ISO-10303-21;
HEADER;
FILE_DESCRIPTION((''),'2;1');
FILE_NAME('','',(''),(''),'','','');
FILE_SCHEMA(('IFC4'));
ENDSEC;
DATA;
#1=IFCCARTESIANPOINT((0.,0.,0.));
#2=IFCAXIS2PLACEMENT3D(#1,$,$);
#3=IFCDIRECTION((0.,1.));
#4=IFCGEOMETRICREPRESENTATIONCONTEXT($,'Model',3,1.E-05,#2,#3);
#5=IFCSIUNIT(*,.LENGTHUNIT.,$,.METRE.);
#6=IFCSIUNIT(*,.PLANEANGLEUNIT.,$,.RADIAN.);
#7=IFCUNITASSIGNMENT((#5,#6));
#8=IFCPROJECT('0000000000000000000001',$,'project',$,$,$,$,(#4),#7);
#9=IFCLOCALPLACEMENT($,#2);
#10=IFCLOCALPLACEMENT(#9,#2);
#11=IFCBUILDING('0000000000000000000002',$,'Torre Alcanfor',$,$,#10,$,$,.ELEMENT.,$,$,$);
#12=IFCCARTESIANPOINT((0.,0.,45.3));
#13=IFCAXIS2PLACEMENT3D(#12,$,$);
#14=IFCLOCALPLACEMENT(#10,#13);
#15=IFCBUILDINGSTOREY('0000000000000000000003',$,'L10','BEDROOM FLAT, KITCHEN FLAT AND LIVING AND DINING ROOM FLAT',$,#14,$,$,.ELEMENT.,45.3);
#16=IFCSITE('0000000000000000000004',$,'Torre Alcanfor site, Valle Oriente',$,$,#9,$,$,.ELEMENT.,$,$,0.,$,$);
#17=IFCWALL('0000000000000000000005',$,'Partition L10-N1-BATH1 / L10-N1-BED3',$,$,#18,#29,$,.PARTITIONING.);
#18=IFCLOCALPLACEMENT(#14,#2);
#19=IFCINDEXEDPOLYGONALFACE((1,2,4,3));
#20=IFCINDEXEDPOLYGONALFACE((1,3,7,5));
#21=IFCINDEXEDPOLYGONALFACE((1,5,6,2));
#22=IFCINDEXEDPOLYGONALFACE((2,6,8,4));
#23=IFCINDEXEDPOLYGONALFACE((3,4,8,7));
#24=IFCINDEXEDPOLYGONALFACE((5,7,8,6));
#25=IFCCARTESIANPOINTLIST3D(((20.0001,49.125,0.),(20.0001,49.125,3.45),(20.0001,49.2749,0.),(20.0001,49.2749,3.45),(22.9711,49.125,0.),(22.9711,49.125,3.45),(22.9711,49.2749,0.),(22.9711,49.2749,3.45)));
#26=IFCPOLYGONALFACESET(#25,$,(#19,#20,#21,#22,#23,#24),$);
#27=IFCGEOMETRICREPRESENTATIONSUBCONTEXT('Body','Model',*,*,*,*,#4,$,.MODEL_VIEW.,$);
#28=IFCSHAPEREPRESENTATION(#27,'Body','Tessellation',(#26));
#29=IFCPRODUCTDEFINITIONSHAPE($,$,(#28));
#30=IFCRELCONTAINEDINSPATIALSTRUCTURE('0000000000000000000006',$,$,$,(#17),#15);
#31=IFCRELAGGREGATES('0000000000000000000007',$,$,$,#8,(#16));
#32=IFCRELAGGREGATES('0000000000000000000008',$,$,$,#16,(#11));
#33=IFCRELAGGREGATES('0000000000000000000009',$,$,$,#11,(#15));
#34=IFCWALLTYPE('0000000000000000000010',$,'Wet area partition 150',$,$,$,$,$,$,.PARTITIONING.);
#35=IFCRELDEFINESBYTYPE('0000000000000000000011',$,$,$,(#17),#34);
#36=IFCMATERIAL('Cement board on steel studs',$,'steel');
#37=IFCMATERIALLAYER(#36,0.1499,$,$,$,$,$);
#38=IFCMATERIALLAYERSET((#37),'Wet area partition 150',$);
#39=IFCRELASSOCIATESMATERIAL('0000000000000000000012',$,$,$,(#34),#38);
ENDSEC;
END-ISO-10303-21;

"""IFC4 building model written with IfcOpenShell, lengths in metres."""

from ifc_helpers import new_model, si_unit, direction, frame, frame_2d, origin, place, context, subcontext, project, spatial, rectangle, extrude, material, layer, layer_set, type_object, element, save


model = new_model("IFC4")

# Units and contexts
model_context = context("Model", 3, precision=1e-05, world=origin(), true_north=direction((0.0, 1.0)))
body_context = subcontext(model_context, "Body", "Model", "MODEL_VIEW")
ifc_project = project(units=[si_unit("LENGTHUNIT", "METRE"), si_unit("PLANEANGLEUNIT", "RADIAN")], contexts=[model_context])

# Site, building, storey
site_placement = place(None, origin())
site = spatial("IfcSite", under=ifc_project, at=site_placement, Name="Torre Alcanfor site, Valle Oriente", CompositionType="ELEMENT", RefElevation=0.0)
building_placement = place(site_placement, origin())
building = spatial("IfcBuilding", under=site, at=building_placement, Name="Torre Alcanfor", CompositionType="ELEMENT")
storey_placement = place(building_placement, frame((0.0, 0.0, 45.3)))
storey = spatial("IfcBuildingStorey", under=building, at=storey_placement, Name="L10", Description="BEDROOM FLAT, KITCHEN FLAT AND LIVING AND DINING ROOM FLAT", CompositionType="ELEMENT", Elevation=45.3)

# Shared definitions
ifc_material_1 = material(Name="Cement board on steel studs", Category="steel")
ifc_layer_1 = layer(ifc_material_1, 0.1499)
ifc_layer_set_1 = layer_set([ifc_layer_1], Name="Wet area partition 150")
wall_type_1 = type_object("IfcWallType", Name="Wet area partition 150", PredefinedType="PARTITIONING", material=ifc_layer_set_1)

# Wall
for number, where, z_axis, x_axis, name in (
    (1, (22.9709, 49.2, 0.0), (0.0, 0.0, 1.0), (-1.0, 0.0, 0.0), "Partition L10-N1-BATH1 / L10-N1-BED3"),
):
    element("IfcWall", number, at=place(storey_placement, frame(where, z_axis=z_axis, x_axis=x_axis)), inside=storey, type_object=wall_type_1, Name=name, PredefinedType="PARTITIONING", context=body_context, shape_type="SweptSolid", body=[
        extrude(rectangle(XDim=2.9709, YDim=0.1499, at=frame_2d((1.4854, 0.0))), origin(), (0.0, 0.0, 1.0), 3.45),
    ])

save(model, "model.ifc")
